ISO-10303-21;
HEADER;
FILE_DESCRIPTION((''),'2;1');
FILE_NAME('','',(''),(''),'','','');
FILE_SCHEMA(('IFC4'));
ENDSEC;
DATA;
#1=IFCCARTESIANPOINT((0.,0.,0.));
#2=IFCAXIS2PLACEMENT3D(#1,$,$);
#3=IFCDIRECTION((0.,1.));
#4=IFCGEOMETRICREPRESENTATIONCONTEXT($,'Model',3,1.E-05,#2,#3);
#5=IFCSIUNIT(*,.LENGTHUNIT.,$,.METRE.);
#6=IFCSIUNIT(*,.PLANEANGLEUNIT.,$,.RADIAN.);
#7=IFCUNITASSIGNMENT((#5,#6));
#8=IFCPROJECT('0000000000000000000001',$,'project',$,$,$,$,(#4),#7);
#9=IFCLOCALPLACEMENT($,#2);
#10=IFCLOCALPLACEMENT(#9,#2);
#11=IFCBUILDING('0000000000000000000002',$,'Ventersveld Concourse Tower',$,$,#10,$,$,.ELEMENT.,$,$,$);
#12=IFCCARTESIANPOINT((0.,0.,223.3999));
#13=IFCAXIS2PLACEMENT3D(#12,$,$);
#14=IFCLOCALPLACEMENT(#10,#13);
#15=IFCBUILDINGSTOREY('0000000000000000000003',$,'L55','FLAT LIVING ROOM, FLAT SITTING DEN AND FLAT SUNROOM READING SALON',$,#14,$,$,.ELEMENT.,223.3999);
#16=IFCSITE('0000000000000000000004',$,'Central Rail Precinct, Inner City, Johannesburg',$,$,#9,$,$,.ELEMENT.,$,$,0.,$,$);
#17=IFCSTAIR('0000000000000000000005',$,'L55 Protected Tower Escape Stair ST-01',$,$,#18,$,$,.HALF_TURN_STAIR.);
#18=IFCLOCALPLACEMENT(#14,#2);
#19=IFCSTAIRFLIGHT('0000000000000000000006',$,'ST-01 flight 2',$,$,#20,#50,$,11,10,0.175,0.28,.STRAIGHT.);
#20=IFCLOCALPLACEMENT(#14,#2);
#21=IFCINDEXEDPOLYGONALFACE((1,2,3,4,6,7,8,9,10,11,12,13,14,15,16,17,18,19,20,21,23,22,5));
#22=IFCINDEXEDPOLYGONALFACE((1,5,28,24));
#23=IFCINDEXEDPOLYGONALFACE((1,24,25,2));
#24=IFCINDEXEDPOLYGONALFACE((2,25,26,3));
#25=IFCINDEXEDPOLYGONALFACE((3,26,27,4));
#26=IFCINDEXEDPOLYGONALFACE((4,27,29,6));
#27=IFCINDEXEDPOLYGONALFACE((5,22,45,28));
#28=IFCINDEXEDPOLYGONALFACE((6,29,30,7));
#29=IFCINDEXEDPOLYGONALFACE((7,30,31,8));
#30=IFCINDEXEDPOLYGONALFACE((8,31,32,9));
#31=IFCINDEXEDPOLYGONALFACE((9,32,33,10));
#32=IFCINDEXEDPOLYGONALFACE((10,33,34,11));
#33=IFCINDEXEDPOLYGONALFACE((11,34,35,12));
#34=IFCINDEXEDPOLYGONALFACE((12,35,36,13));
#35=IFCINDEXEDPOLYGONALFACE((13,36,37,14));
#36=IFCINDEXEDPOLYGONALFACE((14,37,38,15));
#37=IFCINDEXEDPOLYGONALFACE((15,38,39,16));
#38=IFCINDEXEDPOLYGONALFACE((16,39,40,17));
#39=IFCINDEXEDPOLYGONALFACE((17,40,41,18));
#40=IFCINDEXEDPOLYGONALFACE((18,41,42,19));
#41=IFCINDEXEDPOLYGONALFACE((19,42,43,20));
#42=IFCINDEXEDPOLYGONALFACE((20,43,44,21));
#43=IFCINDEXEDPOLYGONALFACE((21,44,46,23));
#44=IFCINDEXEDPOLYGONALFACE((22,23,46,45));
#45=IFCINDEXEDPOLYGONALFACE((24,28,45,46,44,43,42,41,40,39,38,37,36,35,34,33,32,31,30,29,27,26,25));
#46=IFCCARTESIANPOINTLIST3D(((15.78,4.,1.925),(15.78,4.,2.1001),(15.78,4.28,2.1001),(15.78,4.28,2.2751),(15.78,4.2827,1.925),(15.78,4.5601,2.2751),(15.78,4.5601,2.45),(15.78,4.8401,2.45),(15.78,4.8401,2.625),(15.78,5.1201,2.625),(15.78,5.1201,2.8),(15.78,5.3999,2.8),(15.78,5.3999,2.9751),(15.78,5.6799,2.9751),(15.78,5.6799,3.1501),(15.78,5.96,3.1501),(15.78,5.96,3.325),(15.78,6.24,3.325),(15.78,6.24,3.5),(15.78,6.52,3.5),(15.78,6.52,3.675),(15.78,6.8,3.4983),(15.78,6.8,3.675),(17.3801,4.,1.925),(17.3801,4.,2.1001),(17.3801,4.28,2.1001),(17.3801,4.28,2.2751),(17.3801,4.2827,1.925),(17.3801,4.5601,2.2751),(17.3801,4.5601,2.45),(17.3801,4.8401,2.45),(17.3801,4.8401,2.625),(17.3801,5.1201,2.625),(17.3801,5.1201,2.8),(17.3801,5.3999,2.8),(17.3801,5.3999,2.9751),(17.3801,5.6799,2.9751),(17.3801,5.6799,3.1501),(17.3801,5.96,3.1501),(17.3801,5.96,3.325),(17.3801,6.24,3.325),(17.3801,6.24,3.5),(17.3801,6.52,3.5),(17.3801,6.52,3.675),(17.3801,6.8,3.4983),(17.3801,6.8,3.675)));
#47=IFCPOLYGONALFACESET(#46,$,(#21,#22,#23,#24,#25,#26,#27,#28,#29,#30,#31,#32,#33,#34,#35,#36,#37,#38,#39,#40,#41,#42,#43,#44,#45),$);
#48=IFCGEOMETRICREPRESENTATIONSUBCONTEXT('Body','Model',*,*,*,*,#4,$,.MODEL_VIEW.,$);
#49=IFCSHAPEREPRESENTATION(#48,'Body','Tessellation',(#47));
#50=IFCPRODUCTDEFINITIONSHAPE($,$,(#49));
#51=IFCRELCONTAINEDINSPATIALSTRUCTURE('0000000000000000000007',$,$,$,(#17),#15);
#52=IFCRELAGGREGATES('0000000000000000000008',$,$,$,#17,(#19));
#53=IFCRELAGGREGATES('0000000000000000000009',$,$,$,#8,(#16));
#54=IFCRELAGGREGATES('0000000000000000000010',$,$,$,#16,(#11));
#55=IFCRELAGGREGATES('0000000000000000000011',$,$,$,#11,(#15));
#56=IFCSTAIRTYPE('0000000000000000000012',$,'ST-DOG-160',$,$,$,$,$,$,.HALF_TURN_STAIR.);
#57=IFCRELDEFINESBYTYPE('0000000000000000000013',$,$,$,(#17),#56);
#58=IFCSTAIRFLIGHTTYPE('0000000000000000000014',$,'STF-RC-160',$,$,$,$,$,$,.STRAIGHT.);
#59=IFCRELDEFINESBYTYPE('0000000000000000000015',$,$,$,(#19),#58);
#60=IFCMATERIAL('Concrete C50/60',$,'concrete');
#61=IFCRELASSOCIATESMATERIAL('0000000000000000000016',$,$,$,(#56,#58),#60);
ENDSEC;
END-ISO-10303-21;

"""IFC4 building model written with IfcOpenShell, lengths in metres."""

from ifc_helpers import new_model, si_unit, direction, frame, origin, place, context, subcontext, project, spatial, polyline, outline, extrude, material, type_object, element, aggregate, save


model = new_model("IFC4")

# Units and contexts
model_context = context("Model", 3, precision=1e-05, world=origin(), true_north=direction((0.0, 1.0)))
body_context = subcontext(model_context, "Body", "Model", "MODEL_VIEW")
ifc_project = project(units=[si_unit("LENGTHUNIT", "METRE"), si_unit("PLANEANGLEUNIT", "RADIAN")], contexts=[model_context])

# Site, building, storey
site_placement = place(None, origin())
site = spatial("IfcSite", under=ifc_project, at=site_placement, Name="Central Rail Precinct, Inner City, Johannesburg", CompositionType="ELEMENT", RefElevation=0.0)
building_placement = place(site_placement, origin())
building = spatial("IfcBuilding", under=site, at=building_placement, Name="Ventersveld Concourse Tower", CompositionType="ELEMENT")
storey_placement = place(building_placement, frame((0.0, 0.0, 223.3999)))
storey = spatial("IfcBuildingStorey", under=building, at=storey_placement, Name="L55", Description="FLAT LIVING ROOM, FLAT SITTING DEN AND FLAT SUNROOM READING SALON", CompositionType="ELEMENT", Elevation=223.3999)

# Shared definitions
ifc_material_1 = material(Name="Concrete C50/60", Category="concrete")

# Stair, stair flight
stair_type = type_object("IfcStairType", Name="ST-DOG-160", PredefinedType="HALF_TURN_STAIR", material=ifc_material_1)
stair_placement = place(storey_placement, origin())
stair = element("IfcStair", 1, at=stair_placement, inside=storey, type_object=stair_type, Name="L55 Protected Tower Escape Stair ST-01", PredefinedType="HALF_TURN_STAIR")
stair_flight_type = type_object("IfcStairFlightType", Name="STF-RC-160", PredefinedType="STRAIGHT", material=ifc_material_1)
stair_flight_placement = place(storey_placement, frame((16.5801, 4.0, 1.925), z_axis=(0.0, 0.0, 1.0), x_axis=(0.0, 1.0, 0.0)))
stair_flight = element("IfcStairFlight", 2, at=stair_flight_placement, type_object=stair_flight_type, Name="ST-01 flight 2", NumberOfRisers=11, NumberOfTreads=10, PredefinedType="STRAIGHT", RiserHeight=0.175, TreadLength=0.28, context=body_context, shape_type="SweptSolid", body=[
    extrude(outline(polyline([(0.0, 0.0), (0.0, 0.175), (0.28, 0.175), (0.28, 0.3501), (0.5601, 0.3501), (0.5601, 0.5249), (0.8401, 0.5249), (0.8401, 0.7), (1.1201, 0.7), (1.1201, 0.875), (1.3999, 0.875), (1.3999, 1.05), (1.6799, 1.05), (1.6799, 1.2251), (1.96, 1.2251), (1.96, 1.3999), (2.24, 1.3999), (2.24, 1.575), (2.52, 1.575), (2.52, 1.75), (2.8, 1.75), (2.8, 1.925), (2.8, 1.5732), (0.2827, 0.0), (0.0, 0.0)])), frame((0.0, 0.8, 0.0), z_axis=(0.0, -1.0, 0.0), x_axis=(1.0, 0.0, 0.0)), (0.0, 0.0, 1.0), 1.6001),
])
aggregate(stair, [stair_flight])

save(model, "model.ifc")
